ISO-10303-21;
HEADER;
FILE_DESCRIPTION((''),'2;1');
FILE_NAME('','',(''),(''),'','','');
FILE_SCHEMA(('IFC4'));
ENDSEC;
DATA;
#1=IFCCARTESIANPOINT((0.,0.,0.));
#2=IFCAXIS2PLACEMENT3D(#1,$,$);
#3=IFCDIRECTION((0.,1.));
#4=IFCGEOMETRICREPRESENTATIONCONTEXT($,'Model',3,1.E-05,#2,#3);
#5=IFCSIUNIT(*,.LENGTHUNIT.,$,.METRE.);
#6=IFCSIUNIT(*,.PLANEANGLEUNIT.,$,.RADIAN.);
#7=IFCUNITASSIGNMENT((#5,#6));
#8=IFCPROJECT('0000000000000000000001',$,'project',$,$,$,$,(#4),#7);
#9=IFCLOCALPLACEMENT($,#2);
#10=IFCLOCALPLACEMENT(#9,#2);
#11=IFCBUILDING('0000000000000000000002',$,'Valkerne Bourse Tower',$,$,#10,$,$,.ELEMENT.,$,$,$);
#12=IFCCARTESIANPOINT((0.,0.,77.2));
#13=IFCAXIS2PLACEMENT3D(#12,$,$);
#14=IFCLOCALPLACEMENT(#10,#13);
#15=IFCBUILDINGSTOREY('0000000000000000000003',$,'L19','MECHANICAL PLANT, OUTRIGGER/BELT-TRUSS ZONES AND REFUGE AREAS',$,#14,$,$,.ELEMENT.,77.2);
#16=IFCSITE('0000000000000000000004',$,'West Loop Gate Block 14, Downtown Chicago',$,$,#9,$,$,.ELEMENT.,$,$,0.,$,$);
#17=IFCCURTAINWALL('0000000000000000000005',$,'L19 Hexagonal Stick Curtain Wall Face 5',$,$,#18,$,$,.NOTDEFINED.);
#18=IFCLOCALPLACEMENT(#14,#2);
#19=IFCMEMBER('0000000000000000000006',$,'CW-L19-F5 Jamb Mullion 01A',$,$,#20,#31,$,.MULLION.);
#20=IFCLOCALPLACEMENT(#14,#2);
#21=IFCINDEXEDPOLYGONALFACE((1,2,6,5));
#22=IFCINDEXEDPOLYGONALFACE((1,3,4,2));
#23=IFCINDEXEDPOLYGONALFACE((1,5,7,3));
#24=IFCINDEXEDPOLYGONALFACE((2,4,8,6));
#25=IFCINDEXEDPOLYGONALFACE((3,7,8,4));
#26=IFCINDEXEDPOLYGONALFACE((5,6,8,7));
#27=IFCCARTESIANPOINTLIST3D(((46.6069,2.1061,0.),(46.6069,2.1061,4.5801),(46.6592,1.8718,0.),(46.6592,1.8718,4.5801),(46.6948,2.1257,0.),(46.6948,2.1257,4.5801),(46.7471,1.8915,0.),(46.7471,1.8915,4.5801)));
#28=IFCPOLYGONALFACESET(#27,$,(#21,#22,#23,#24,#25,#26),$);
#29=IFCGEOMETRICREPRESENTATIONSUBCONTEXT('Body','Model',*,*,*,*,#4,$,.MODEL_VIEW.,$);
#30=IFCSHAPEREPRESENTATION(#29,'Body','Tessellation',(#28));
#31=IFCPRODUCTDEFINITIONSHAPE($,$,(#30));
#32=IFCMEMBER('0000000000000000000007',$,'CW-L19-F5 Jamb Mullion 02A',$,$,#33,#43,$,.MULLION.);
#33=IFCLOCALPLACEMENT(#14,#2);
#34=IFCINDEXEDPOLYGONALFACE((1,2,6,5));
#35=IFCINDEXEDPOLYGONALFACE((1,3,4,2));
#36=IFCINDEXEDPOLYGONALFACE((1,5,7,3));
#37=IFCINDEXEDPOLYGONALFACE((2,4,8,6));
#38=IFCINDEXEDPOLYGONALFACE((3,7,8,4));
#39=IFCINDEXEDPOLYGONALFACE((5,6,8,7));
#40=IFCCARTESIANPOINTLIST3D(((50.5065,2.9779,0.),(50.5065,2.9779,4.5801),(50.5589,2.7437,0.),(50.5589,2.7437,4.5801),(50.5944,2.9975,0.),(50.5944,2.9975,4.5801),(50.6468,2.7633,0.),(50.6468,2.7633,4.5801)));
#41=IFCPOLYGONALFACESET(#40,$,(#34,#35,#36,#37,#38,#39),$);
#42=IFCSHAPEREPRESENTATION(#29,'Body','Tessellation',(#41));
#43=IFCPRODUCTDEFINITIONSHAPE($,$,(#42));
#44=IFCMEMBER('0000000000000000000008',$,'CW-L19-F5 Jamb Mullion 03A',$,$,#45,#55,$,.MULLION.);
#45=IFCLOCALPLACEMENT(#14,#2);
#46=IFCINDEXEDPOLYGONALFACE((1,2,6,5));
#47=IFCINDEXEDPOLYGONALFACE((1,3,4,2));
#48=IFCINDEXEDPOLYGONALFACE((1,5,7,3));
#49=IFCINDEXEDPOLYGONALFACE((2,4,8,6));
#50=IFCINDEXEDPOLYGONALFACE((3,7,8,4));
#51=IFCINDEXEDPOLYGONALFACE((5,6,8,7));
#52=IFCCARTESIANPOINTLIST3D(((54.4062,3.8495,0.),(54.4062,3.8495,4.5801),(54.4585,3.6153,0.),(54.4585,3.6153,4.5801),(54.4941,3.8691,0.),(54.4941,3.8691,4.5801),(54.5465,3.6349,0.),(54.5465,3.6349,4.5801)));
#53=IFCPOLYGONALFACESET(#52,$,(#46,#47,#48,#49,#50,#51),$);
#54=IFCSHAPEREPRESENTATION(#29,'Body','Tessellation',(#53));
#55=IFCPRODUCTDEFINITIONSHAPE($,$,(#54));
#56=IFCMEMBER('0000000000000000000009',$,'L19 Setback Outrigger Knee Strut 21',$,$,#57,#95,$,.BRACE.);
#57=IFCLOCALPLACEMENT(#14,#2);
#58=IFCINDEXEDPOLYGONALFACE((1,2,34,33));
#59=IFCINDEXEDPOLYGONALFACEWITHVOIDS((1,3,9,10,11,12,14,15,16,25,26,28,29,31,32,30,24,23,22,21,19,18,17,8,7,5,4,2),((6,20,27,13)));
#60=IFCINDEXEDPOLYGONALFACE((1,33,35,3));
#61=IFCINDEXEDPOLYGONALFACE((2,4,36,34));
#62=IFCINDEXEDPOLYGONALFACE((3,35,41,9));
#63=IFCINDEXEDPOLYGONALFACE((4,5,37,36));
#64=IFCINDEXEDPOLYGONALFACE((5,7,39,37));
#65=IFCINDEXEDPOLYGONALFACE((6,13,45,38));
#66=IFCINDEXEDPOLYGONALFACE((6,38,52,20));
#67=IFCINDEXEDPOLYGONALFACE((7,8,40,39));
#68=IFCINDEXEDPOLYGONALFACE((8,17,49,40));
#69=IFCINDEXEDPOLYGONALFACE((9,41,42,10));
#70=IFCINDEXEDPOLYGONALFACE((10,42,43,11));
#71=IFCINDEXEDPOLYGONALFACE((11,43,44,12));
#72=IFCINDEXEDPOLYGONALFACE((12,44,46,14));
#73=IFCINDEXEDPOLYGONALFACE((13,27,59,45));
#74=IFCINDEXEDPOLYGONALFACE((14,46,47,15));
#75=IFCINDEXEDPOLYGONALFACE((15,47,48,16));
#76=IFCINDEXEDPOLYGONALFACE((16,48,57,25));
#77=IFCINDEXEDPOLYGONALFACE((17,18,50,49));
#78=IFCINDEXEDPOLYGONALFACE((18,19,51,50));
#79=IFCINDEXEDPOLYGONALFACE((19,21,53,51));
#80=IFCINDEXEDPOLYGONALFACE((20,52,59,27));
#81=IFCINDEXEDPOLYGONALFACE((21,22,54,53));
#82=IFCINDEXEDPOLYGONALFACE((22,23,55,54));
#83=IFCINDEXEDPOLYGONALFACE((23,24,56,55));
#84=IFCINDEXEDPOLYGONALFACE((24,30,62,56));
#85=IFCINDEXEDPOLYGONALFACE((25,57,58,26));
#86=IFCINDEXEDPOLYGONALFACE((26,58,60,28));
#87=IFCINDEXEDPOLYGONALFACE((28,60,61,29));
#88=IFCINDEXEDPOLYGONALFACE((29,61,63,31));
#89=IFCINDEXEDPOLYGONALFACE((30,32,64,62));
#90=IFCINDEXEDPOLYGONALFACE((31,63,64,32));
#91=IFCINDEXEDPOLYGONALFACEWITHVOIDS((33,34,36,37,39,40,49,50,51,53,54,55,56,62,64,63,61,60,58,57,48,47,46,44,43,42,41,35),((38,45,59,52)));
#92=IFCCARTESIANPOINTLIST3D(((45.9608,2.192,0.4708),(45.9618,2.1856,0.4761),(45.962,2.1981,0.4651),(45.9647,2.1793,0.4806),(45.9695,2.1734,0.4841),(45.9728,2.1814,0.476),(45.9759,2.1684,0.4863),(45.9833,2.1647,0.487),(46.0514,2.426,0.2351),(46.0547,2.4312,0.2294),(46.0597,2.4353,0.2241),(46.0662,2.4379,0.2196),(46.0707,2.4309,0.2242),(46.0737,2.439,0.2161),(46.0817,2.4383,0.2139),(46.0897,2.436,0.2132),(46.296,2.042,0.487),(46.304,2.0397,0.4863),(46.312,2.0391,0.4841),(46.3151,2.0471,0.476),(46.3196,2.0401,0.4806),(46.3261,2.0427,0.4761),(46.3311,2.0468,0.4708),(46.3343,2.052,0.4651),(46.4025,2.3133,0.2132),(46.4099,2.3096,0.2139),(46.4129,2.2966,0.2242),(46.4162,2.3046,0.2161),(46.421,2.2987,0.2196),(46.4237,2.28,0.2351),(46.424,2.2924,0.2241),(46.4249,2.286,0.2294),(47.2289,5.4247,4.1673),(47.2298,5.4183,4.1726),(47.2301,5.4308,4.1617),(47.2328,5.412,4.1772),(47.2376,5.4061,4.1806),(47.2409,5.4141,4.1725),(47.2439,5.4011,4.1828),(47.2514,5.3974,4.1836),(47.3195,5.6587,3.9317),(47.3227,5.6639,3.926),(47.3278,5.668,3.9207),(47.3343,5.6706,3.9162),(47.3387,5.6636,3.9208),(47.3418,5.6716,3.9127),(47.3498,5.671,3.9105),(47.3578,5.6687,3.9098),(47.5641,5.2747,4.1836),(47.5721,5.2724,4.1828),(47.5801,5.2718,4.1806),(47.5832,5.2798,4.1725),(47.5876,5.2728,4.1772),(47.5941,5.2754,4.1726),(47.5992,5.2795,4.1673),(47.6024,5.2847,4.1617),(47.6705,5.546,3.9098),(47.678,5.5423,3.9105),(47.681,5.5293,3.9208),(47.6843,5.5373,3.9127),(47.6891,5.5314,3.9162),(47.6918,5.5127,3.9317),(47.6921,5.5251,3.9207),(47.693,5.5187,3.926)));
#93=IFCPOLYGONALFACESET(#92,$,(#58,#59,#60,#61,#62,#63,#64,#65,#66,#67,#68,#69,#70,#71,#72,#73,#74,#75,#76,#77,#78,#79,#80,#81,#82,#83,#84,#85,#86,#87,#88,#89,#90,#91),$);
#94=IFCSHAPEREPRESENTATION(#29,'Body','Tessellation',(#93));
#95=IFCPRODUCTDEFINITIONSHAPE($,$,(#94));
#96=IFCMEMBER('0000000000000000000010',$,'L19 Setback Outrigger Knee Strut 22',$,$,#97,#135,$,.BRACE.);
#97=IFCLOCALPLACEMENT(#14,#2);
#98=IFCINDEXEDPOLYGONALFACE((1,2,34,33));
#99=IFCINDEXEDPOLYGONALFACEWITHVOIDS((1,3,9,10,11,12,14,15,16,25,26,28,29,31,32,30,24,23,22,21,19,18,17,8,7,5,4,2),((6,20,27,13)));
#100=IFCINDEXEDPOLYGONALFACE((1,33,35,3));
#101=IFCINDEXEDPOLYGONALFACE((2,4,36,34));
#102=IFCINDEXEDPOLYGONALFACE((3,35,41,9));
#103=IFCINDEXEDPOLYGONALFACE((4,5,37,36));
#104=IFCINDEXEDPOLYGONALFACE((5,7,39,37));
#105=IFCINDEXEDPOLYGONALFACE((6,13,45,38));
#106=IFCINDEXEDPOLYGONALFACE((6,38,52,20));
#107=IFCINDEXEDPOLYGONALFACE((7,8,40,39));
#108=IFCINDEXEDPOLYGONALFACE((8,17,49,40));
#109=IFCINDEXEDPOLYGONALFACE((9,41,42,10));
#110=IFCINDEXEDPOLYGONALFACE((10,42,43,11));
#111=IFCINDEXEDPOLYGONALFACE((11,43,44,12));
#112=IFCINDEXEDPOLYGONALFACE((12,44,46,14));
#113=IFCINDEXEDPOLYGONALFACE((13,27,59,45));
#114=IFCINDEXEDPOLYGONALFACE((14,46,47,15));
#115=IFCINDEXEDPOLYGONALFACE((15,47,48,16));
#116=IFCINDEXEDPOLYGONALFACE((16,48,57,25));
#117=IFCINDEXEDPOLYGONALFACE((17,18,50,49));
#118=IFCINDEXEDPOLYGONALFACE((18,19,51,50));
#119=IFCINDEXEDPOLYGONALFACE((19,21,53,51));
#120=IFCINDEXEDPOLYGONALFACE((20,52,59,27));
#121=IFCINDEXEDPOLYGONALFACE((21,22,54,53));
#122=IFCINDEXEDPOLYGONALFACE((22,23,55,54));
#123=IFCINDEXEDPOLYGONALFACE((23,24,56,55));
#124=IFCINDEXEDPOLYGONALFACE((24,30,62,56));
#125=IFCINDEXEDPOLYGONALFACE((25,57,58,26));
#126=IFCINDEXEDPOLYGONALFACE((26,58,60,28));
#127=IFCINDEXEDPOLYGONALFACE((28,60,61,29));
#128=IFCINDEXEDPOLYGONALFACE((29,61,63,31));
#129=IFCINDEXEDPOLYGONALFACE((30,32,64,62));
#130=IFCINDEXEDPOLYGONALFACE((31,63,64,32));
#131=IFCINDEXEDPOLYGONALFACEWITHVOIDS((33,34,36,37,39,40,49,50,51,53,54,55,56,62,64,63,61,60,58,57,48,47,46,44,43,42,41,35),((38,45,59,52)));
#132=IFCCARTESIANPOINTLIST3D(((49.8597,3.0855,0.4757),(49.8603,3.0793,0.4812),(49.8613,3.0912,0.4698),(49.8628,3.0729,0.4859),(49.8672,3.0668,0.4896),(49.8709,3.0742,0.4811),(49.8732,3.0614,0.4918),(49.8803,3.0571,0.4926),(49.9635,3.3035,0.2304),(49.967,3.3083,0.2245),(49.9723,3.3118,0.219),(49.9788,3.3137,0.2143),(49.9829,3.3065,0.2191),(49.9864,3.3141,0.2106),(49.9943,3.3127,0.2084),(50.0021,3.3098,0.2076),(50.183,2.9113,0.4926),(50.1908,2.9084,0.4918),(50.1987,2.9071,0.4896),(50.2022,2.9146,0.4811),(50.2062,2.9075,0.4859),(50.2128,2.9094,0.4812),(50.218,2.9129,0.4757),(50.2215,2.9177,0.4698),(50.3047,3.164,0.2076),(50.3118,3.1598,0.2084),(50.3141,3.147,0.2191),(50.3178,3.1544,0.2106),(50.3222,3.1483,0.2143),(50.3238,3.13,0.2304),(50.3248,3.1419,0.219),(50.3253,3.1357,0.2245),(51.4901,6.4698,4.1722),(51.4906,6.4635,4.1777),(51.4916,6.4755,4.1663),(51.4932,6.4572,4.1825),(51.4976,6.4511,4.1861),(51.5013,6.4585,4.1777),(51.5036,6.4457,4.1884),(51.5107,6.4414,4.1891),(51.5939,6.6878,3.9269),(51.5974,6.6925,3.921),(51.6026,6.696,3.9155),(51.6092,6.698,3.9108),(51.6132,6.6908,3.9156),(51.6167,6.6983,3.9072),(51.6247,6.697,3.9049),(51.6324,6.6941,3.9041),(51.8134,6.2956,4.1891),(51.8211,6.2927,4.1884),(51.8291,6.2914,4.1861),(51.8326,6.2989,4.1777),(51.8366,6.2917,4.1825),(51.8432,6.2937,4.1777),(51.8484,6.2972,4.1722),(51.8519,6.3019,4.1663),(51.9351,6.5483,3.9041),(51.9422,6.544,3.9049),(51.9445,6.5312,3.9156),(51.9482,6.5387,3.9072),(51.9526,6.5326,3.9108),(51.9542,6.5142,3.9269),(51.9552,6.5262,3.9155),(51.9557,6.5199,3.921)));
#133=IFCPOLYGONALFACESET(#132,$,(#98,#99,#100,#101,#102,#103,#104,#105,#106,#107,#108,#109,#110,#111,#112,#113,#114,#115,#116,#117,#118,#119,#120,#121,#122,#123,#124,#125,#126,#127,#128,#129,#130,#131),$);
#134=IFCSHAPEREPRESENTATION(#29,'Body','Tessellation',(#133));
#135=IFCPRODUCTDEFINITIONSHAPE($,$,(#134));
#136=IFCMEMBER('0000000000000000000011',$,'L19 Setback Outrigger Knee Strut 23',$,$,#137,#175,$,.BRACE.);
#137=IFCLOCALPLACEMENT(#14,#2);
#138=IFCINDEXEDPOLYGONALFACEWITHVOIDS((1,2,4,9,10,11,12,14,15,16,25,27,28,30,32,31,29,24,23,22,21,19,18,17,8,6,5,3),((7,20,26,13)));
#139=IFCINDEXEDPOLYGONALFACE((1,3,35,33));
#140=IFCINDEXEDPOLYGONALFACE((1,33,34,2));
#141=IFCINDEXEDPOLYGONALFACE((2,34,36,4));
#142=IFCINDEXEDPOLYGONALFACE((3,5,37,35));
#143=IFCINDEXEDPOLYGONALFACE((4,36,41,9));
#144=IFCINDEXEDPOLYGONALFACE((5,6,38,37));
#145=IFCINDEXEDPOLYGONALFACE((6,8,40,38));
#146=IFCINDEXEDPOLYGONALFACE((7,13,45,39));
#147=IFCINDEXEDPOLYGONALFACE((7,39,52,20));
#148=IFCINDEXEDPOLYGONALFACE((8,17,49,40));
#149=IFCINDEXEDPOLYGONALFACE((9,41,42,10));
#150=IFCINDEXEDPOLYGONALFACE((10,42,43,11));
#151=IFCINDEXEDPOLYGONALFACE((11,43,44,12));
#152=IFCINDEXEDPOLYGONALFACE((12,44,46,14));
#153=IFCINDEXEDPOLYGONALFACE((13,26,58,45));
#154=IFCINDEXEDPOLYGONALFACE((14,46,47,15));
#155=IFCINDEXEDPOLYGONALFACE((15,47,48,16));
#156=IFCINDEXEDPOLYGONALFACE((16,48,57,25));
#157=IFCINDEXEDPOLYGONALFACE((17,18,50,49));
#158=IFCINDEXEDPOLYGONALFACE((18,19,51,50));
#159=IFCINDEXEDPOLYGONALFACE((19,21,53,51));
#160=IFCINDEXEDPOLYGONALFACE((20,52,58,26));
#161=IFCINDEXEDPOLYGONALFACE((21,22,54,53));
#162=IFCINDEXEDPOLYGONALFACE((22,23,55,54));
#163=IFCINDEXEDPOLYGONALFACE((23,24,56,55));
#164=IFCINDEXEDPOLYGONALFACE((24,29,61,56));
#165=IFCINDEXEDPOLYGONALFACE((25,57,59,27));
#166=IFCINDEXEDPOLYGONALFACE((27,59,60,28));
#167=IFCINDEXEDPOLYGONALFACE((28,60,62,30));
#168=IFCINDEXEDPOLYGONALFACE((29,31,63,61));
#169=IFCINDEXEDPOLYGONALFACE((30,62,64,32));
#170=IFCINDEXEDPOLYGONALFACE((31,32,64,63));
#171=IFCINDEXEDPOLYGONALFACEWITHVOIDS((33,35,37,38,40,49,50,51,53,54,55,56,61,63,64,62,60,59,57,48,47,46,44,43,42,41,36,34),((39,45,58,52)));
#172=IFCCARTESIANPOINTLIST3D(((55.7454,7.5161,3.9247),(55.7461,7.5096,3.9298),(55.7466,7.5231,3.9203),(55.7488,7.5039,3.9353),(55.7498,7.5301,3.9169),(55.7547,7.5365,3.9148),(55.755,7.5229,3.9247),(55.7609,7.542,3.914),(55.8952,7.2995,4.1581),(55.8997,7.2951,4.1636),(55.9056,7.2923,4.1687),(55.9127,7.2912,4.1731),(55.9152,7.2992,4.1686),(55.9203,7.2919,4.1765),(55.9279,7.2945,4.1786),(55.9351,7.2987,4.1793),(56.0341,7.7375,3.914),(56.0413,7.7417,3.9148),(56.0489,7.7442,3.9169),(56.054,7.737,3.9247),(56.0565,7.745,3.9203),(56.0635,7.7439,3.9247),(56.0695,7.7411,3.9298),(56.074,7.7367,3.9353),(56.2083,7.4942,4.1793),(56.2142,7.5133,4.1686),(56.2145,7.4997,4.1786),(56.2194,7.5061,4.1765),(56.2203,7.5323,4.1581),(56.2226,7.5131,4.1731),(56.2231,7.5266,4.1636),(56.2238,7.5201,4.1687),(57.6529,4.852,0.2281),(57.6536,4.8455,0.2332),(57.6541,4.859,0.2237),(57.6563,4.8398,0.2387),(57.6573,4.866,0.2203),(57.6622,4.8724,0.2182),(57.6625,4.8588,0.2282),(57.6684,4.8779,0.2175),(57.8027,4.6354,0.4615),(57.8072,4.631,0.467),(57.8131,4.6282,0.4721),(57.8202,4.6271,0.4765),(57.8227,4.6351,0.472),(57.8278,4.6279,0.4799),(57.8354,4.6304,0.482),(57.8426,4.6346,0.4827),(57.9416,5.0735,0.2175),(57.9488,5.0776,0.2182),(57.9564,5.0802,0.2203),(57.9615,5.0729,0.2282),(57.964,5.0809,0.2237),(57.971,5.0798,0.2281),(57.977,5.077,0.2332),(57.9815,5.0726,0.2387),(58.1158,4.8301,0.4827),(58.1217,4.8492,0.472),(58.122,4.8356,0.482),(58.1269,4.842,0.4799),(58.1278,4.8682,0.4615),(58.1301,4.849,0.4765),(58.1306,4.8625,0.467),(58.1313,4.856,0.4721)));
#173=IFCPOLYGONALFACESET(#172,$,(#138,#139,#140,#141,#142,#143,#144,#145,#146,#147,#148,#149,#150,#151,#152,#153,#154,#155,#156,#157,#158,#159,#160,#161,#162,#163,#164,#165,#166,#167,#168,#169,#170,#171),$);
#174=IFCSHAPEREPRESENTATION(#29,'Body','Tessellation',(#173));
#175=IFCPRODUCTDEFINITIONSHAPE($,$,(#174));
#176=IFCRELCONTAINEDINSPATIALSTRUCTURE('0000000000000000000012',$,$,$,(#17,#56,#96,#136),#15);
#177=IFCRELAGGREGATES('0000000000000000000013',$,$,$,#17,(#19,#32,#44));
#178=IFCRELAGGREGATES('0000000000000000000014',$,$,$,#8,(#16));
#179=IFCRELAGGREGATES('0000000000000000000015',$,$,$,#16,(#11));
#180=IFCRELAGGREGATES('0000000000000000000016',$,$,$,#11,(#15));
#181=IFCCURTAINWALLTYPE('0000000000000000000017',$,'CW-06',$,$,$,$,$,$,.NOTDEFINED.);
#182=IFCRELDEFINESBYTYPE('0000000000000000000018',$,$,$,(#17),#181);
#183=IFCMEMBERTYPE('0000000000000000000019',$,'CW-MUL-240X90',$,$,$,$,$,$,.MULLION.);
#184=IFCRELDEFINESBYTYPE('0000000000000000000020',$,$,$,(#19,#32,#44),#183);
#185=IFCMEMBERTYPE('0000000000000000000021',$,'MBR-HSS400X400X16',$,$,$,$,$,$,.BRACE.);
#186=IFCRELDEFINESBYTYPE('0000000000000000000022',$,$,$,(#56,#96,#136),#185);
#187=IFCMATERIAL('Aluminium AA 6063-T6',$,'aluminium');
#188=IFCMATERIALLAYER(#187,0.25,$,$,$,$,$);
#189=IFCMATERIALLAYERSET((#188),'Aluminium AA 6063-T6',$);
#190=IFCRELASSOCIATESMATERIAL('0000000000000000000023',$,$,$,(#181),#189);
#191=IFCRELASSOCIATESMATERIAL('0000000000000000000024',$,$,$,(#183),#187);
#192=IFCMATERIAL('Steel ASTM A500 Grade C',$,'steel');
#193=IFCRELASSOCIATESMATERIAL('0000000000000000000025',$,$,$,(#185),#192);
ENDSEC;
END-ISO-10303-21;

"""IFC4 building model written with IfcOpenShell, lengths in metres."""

from ifc_helpers import new_model, si_unit, direction, frame, origin, origin_2d, place, context, subcontext, project, spatial, rectangle, hollow_rectangle, extrude, material, layer, layer_set, material_profile, profile_set, type_object, element, aggregate, save


model = new_model("IFC4")

# Units and contexts
model_context = context("Model", 3, precision=1e-05, world=origin(), true_north=direction((0.0, 1.0)))
body_context = subcontext(model_context, "Body", "Model", "MODEL_VIEW")
ifc_project = project(units=[si_unit("LENGTHUNIT", "METRE"), si_unit("PLANEANGLEUNIT", "RADIAN")], contexts=[model_context])

# Site, building, storey
site_placement = place(None, origin())
site = spatial("IfcSite", under=ifc_project, at=site_placement, Name="West Loop Gate Block 14, Downtown Chicago", CompositionType="ELEMENT", RefElevation=0.0)
building_placement = place(site_placement, origin())
building = spatial("IfcBuilding", under=site, at=building_placement, Name="Valkerne Bourse Tower", CompositionType="ELEMENT")
storey_placement = place(building_placement, frame((0.0, 0.0, 77.2)))
storey = spatial("IfcBuildingStorey", under=building, at=storey_placement, Name="L19", Description="MECHANICAL PLANT, OUTRIGGER/BELT-TRUSS ZONES AND REFUGE AREAS", CompositionType="ELEMENT", Elevation=77.2)

# Curtain wall, members
ifc_material_1 = material(Name="Aluminium AA 6063-T6", Category="aluminium")
ifc_layer_1 = layer(ifc_material_1, 0.25)
ifc_layer_set_1 = layer_set([ifc_layer_1], Name="Aluminium AA 6063-T6")
curtain_wall_type = type_object("IfcCurtainWallType", Name="CW-06", PredefinedType="NOTDEFINED", material=ifc_layer_set_1)
curtain_wall_placement = place(storey_placement, origin())
curtain_wall = element("IfcCurtainWall", 1, at=curtain_wall_placement, inside=storey, type_object=curtain_wall_type, Name="L19 Hexagonal Stick Curtain Wall Face 5", PredefinedType="NOTDEFINED")
ifc_material_profile_1 = material_profile(ifc_material_1, rectangle(XDim=0.0901, YDim=0.24, at=origin_2d()), Name="CWM-90X240")
ifc_profile_set_1 = profile_set([ifc_material_profile_1], Name="Aluminium AA 6063-T6")
member_type_1 = type_object("IfcMemberType", Name="CW-MUL-240X90", PredefinedType="MULLION", material=ifc_profile_set_1)
member_1_placement = place(storey_placement, frame((46.677, 1.9988, 0.0), z_axis=(0.0, 0.0, 1.0), x_axis=(0.975917, 0.218141, 0.0)))
member_1 = element("IfcMember", 2, at=member_1_placement, type_object=member_type_1, Name="CW-L19-F5 Jamb Mullion 01A", PredefinedType="MULLION", context=body_context, shape_type="SweptSolid", body=[
    extrude(rectangle(XDim=0.0901, YDim=0.24, at=origin_2d()), origin(), (0.0, 0.0, 1.0), 4.5801),
])
member_2_placement = place(storey_placement, frame((50.5767, 2.8706, 0.0), z_axis=(0.0, 0.0, 1.0), x_axis=(0.975916, 0.218147, 0.0)))
member_2 = element("IfcMember", 3, at=member_2_placement, type_object=member_type_1, Name="CW-L19-F5 Jamb Mullion 02A", PredefinedType="MULLION", context=body_context, shape_type="SweptSolid", body=[
    extrude(rectangle(XDim=0.0901, YDim=0.24, at=origin_2d()), origin(), (0.0, 0.0, 1.0), 4.5801),
])
member_3_placement = place(storey_placement, frame((54.4763, 3.7422, 0.0), z_axis=(0.0, 0.0, 1.0), x_axis=(0.975917, 0.218141, 0.0)))
member_3 = element("IfcMember", 4, at=member_3_placement, type_object=member_type_1, Name="CW-L19-F5 Jamb Mullion 03A", PredefinedType="MULLION", context=body_context, shape_type="SweptSolid", body=[
    extrude(rectangle(XDim=0.0901, YDim=0.24, at=origin_2d()), origin(), (0.0, 0.0, 1.0), 4.5801),
])

# Members
ifc_material_2 = material(Name="Steel ASTM A500 Grade C", Category="steel")
ifc_material_profile_2 = material_profile(ifc_material_2, hollow_rectangle(XDim=0.3999, YDim=0.3999, WallThickness=0.0161, OuterFilletRadius=0.032, at=origin_2d()), Name="HSS400X400X16")
ifc_profile_set_2 = profile_set([ifc_material_profile_2], Name="Steel ASTM A500 Grade C")
member_type_2 = type_object("IfcMemberType", Name="MBR-HSS400X400X16", PredefinedType="BRACE", material=ifc_profile_set_2)
member_4_placement = place(storey_placement, frame((46.1929, 2.239, 0.3501), z_axis=(0.250026, 0.637389, 0.72885), x_axis=(-0.930939, 0.365176, 0.0)))
element("IfcMember", 5, at=member_4_placement, inside=storey, type_object=member_type_2, Name="L19 Setback Outrigger Knee Strut 21", PredefinedType="BRACE", context=body_context, shape_type="SweptSolid", body=[
    extrude(hollow_rectangle(XDim=0.3999, YDim=0.3999, WallThickness=0.0161, OuterFilletRadius=0.032, at=origin_2d()), origin(), (0.0, 0.0, 1.0), 5.0718),
])
member_5_placement = place(storey_placement, frame((50.0925, 3.1106, 0.3501), z_axis=(0.309352, 0.642144, 0.701393), x_axis=(-0.900908, 0.434011, 0.0)))
element("IfcMember", 6, at=member_5_placement, inside=storey, type_object=member_type_2, Name="L19 Setback Outrigger Knee Strut 22", PredefinedType="BRACE", context=body_context, shape_type="SweptSolid", body=[
    extrude(hollow_rectangle(XDim=0.3999, YDim=0.3999, WallThickness=0.0161, OuterFilletRadius=0.032, at=origin_2d()), origin(), (0.0, 0.0, 1.0), 5.2703),
])
member_6_placement = place(storey_placement, frame((57.8921, 4.854, 0.3501), z_axis=(-0.386156, 0.539323, 0.748341), x_axis=(-0.813073, -0.582161, 0.0)))
element("IfcMember", 7, at=member_6_placement, inside=storey, type_object=member_type_2, Name="L19 Setback Outrigger Knee Strut 23", PredefinedType="BRACE", context=body_context, shape_type="SweptSolid", body=[
    extrude(hollow_rectangle(XDim=0.3999, YDim=0.3999, WallThickness=0.0161, OuterFilletRadius=0.032, at=origin_2d()), origin(), (0.0, 0.0, 1.0), 4.9397),
])

aggregate(curtain_wall, [member_1, member_2, member_3])

save(model, "model.ifc")
